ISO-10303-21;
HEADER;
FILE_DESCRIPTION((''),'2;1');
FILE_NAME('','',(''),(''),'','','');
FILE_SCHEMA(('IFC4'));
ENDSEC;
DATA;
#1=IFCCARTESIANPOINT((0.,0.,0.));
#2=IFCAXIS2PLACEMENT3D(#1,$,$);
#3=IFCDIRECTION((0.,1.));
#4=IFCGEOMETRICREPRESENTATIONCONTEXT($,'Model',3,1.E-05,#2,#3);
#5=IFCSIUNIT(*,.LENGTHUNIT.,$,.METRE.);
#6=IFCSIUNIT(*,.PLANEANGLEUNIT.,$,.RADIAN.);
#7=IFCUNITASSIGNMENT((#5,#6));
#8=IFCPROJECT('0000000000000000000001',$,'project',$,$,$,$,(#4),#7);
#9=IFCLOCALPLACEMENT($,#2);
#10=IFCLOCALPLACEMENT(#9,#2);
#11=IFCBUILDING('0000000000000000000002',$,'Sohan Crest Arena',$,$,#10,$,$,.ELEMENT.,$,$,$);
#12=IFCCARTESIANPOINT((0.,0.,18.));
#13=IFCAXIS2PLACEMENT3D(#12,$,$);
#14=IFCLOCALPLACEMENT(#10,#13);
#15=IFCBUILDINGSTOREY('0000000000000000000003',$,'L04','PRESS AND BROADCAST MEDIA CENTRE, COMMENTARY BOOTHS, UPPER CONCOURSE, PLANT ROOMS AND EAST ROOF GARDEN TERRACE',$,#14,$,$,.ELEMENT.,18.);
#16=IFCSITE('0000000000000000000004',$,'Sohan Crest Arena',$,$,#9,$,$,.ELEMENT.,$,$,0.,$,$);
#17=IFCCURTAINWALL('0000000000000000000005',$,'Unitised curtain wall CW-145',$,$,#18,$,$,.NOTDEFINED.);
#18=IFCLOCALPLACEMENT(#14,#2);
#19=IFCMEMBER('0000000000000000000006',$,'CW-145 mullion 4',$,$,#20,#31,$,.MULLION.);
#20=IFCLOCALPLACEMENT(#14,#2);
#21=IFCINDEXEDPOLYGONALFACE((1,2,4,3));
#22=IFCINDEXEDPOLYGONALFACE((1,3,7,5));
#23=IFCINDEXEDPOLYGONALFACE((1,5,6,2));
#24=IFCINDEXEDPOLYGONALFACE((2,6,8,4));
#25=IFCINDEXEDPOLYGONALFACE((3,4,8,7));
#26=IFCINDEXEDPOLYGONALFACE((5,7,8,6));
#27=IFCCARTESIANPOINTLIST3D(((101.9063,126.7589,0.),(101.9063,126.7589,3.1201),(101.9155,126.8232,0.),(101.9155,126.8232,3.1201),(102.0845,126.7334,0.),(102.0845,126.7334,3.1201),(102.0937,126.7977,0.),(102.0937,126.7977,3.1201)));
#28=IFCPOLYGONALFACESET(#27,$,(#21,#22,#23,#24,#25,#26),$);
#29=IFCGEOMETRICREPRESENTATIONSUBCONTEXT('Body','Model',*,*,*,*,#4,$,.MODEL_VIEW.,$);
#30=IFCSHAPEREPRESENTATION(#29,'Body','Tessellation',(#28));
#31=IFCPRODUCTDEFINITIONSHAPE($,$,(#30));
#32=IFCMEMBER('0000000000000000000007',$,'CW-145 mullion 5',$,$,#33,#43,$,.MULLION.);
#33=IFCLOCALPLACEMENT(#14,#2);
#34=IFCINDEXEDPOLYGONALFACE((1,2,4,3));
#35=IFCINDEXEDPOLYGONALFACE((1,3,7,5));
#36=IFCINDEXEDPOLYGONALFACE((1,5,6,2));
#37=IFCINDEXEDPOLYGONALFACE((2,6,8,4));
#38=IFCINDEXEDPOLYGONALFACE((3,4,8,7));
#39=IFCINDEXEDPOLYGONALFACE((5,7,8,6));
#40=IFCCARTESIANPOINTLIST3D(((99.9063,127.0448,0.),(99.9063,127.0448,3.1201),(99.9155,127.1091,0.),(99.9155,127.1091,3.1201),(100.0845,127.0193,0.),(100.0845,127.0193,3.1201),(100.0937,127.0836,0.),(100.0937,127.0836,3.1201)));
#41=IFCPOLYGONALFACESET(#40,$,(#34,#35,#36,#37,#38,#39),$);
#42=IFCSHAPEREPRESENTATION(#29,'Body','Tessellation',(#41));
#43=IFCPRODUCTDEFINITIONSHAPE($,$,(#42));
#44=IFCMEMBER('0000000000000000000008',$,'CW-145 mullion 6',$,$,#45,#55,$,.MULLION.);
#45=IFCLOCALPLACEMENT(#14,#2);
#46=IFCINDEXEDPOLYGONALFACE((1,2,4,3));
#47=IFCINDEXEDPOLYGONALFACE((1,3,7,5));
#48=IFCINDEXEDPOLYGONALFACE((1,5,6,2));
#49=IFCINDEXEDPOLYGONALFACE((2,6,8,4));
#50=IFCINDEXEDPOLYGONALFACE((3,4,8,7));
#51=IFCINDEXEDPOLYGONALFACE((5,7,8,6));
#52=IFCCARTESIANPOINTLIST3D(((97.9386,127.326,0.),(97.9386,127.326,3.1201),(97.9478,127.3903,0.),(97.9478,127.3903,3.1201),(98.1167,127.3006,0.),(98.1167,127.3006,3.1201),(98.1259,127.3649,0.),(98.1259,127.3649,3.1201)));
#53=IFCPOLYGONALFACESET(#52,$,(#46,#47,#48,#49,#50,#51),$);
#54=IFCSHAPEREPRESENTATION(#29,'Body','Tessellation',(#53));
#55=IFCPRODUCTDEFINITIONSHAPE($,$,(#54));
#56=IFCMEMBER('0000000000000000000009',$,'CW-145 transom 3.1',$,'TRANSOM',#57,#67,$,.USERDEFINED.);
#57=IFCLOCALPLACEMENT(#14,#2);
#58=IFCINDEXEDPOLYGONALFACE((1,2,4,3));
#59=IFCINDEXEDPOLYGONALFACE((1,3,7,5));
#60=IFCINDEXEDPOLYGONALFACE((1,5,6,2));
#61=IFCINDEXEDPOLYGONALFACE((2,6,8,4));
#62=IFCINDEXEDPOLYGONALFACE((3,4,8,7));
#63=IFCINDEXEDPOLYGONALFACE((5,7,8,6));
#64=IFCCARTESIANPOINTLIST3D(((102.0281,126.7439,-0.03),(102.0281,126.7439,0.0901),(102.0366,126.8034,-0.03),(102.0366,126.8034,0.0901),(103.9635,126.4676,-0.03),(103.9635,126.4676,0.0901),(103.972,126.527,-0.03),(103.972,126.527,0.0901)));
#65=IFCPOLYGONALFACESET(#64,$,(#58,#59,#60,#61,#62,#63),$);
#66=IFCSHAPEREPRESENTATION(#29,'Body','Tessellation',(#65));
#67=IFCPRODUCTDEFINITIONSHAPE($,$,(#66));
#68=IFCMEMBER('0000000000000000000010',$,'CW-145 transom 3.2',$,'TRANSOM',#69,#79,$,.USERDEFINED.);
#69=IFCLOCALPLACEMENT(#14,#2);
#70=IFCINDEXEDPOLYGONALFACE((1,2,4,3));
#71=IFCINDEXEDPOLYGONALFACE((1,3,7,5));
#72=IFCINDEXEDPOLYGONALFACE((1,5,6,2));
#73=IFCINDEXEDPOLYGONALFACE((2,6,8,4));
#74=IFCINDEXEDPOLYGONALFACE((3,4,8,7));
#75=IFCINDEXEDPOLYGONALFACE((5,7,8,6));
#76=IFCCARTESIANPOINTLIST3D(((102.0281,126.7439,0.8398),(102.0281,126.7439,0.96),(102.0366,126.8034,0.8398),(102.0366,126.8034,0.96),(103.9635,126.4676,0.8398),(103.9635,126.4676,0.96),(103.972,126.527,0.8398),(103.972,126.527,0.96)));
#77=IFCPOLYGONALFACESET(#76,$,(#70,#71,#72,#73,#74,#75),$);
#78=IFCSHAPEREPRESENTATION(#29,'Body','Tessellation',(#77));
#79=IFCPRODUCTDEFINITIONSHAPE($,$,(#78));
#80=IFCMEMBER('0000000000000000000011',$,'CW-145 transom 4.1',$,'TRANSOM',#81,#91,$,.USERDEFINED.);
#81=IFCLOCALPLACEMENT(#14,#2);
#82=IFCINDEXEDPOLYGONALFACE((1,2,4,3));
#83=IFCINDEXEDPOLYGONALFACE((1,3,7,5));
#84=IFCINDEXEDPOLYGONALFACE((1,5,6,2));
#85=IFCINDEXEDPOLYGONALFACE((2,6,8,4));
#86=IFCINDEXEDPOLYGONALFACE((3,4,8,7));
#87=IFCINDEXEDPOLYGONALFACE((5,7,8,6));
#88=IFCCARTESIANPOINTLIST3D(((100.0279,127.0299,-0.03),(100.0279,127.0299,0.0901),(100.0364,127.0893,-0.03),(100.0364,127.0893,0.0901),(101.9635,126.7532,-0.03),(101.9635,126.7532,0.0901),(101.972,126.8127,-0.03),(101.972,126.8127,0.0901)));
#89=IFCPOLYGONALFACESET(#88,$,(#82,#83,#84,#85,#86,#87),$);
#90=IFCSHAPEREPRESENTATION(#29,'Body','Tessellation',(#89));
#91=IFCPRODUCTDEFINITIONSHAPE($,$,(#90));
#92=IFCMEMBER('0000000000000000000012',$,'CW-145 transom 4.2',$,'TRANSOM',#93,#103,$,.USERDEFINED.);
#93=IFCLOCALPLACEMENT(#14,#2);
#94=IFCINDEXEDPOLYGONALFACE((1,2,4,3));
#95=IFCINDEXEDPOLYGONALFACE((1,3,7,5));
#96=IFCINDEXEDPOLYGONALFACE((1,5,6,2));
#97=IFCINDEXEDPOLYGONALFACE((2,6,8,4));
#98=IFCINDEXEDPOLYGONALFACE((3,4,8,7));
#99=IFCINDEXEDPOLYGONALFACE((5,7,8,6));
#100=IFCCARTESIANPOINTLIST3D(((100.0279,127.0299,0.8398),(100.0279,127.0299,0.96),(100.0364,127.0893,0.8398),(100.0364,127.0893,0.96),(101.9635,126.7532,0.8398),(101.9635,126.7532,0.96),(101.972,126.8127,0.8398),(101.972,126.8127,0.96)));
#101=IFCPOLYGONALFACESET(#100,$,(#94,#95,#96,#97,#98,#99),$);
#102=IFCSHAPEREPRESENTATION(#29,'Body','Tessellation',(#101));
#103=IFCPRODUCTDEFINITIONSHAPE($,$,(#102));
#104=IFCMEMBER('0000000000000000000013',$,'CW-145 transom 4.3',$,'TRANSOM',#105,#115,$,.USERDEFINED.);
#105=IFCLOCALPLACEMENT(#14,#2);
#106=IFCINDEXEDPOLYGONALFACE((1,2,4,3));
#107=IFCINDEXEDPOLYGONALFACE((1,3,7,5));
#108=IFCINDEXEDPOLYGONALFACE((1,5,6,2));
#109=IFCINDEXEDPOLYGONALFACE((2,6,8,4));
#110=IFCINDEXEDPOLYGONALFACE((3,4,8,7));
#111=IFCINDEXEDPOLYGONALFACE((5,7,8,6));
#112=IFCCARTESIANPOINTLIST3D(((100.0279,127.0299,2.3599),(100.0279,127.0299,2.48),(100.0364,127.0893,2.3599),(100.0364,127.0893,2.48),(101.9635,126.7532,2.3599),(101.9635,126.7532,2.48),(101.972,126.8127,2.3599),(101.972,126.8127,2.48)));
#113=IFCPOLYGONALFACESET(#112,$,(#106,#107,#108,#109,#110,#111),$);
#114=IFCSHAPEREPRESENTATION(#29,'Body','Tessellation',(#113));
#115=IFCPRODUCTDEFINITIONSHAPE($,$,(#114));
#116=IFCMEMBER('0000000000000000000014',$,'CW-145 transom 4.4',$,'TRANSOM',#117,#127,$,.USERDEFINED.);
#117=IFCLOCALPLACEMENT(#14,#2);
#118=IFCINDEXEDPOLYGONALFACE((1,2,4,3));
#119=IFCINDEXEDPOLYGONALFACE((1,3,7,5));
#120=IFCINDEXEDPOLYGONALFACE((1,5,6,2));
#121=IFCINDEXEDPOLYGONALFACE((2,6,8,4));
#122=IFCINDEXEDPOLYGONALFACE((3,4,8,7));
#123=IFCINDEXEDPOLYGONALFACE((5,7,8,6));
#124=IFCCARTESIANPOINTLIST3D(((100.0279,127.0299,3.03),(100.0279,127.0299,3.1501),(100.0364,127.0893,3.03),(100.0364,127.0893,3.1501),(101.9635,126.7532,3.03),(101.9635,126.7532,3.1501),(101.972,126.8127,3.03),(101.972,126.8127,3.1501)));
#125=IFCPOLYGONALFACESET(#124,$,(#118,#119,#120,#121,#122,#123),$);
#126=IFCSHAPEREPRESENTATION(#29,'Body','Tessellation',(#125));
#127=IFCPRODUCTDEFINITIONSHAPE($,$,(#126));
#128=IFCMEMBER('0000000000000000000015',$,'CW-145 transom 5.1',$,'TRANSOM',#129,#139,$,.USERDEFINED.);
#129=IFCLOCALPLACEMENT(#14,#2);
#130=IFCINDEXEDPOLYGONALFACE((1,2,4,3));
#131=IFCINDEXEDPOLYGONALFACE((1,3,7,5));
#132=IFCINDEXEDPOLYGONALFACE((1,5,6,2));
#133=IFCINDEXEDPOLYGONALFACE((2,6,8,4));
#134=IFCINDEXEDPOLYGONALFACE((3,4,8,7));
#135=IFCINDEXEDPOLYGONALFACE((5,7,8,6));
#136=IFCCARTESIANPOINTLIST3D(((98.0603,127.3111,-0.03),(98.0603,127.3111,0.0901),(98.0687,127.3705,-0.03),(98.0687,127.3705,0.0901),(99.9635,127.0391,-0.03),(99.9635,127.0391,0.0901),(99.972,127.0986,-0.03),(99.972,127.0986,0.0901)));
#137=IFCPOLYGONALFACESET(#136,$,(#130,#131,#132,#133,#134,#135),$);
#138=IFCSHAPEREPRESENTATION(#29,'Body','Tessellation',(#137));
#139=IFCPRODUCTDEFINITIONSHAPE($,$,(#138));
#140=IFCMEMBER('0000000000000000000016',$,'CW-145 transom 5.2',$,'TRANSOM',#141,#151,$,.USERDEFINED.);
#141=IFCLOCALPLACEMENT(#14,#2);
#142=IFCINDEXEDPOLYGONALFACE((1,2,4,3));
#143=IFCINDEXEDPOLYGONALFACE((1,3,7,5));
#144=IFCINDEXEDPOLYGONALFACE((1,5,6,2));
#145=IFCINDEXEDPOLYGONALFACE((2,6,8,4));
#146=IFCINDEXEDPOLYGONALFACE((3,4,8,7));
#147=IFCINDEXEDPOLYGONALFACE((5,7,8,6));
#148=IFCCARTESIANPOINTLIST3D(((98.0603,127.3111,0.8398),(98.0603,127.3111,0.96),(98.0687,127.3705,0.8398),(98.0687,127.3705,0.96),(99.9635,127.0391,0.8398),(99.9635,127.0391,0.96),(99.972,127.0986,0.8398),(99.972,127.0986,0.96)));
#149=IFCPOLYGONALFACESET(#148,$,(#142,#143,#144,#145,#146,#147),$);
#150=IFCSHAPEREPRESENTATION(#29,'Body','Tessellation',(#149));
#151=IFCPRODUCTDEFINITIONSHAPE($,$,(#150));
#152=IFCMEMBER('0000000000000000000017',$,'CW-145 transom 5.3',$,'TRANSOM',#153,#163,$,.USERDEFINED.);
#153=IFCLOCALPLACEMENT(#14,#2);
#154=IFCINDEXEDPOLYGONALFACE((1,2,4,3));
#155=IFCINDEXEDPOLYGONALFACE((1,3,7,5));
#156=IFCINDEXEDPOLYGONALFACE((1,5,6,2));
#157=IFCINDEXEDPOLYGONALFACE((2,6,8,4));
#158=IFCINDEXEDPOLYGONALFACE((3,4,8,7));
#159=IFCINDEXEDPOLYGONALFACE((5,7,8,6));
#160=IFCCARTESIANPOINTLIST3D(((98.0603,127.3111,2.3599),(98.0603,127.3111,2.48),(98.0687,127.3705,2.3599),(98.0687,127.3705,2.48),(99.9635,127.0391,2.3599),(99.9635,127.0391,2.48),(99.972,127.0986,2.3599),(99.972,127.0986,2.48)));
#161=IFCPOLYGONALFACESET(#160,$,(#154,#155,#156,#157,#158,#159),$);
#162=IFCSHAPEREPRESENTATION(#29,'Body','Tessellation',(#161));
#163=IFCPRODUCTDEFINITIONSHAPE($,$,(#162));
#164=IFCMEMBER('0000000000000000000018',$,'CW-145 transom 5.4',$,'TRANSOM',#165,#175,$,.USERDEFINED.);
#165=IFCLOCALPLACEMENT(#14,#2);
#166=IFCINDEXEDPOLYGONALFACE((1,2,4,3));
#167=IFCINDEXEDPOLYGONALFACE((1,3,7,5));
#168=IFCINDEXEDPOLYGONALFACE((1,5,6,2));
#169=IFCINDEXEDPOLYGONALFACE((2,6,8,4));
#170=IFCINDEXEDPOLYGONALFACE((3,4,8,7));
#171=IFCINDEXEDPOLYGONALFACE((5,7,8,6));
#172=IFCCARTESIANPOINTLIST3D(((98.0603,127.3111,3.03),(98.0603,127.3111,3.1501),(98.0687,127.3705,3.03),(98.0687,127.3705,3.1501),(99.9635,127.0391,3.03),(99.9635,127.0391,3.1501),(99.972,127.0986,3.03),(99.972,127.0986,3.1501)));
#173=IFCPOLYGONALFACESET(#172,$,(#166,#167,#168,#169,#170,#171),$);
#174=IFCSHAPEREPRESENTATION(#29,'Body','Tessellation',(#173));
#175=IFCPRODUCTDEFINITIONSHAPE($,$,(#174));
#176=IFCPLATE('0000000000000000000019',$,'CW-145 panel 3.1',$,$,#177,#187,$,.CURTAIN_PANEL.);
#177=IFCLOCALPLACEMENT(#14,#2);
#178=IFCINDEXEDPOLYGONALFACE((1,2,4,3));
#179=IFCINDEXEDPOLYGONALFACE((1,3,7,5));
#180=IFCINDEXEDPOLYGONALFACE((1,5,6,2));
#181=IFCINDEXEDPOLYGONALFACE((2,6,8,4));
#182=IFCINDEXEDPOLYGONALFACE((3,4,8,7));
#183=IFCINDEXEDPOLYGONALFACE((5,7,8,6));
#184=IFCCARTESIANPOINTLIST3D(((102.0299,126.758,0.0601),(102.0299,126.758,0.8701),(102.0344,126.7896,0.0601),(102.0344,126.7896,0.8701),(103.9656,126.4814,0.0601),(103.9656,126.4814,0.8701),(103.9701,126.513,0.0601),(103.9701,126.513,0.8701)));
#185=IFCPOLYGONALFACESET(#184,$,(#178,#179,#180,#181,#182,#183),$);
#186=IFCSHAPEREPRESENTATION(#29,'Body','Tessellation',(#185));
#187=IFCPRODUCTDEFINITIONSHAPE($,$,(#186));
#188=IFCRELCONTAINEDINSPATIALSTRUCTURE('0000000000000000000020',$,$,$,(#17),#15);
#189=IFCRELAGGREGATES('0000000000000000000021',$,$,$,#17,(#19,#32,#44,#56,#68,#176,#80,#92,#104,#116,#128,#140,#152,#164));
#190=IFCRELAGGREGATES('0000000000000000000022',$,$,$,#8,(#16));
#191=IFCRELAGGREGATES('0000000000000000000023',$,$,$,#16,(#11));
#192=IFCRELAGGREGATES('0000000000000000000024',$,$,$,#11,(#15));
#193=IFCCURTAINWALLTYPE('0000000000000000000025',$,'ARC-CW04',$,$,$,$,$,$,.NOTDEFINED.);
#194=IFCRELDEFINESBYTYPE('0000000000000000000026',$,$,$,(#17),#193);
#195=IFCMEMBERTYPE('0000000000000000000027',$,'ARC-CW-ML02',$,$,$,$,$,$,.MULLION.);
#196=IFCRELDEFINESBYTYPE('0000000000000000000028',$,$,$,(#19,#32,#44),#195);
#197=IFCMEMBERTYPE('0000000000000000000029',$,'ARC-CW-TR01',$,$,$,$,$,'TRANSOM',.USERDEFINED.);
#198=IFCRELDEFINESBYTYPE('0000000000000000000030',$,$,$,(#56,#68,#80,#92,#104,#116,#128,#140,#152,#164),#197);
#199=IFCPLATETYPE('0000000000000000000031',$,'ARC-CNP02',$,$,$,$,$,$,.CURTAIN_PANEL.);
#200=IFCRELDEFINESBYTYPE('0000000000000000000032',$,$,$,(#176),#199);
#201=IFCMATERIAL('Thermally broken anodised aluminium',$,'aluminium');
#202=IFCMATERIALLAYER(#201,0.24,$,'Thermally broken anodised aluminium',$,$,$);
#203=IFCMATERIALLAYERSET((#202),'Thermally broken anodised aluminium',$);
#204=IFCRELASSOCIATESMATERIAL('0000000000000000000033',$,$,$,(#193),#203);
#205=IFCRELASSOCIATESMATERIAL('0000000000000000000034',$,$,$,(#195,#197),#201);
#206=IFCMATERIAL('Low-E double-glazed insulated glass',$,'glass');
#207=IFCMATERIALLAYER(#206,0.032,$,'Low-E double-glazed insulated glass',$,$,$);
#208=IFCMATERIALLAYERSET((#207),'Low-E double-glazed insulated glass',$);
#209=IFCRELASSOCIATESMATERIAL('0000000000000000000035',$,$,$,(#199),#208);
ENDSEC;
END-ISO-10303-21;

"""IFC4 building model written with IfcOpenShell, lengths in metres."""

from ifc_helpers import new_model, si_unit, direction, frame, origin, origin_2d, place, context, subcontext, project, spatial, rectangle, extrude, material, layer, layer_set, material_profile, profile_set, type_object, element, aggregate, save


model = new_model("IFC4")

# Units and contexts
model_context = context("Model", 3, precision=1e-05, world=origin(), true_north=direction((0.0, 1.0)))
body_context = subcontext(model_context, "Body", "Model", "MODEL_VIEW")
ifc_project = project(units=[si_unit("LENGTHUNIT", "METRE"), si_unit("PLANEANGLEUNIT", "RADIAN")], contexts=[model_context])

# Site, building, storey
site_placement = place(None, origin())
site = spatial("IfcSite", under=ifc_project, at=site_placement, Name="Sohan Crest Arena", CompositionType="ELEMENT", RefElevation=0.0)
building_placement = place(site_placement, origin())
building = spatial("IfcBuilding", under=site, at=building_placement, Name="Sohan Crest Arena", CompositionType="ELEMENT")
storey_placement = place(building_placement, frame((0.0, 0.0, 18.0)))
storey = spatial("IfcBuildingStorey", under=building, at=storey_placement, Name="L04", Description="PRESS AND BROADCAST MEDIA CENTRE, COMMENTARY BOOTHS, UPPER CONCOURSE, PLANT ROOMS AND EAST ROOF GARDEN TERRACE", CompositionType="ELEMENT", Elevation=18.0)

# Curtain wall, members, plate
ifc_material_1 = material(Name="Thermally broken anodised aluminium", Category="aluminium")
ifc_layer_1 = layer(ifc_material_1, 0.24, Name="Thermally broken anodised aluminium")
ifc_layer_set_1 = layer_set([ifc_layer_1], Name="Thermally broken anodised aluminium")
curtain_wall_type = type_object("IfcCurtainWallType", Name="ARC-CW04", PredefinedType="NOTDEFINED", material=ifc_layer_set_1)
curtain_wall_placement = place(storey_placement, origin())
curtain_wall = element("IfcCurtainWall", 1, at=curtain_wall_placement, inside=storey, type_object=curtain_wall_type, Name="Unitised curtain wall CW-145", PredefinedType="NOTDEFINED")
ifc_material_profile_1 = material_profile(ifc_material_1, rectangle(XDim=0.0649, YDim=0.1799, at=origin_2d()), Name="ALU-MULL 65x180")
ifc_profile_set_1 = profile_set([ifc_material_profile_1], Name="Thermally broken anodised aluminium")
member_type_1 = type_object("IfcMemberType", Name="ARC-CW-ML02", PredefinedType="MULLION", material=ifc_profile_set_1)
member_1_placement = place(storey_placement, frame((102.0, 126.7783, 0.0), z_axis=(0.0, 0.0, 1.0), x_axis=(-0.141463, -0.989944, 0.0)))
member_1 = element("IfcMember", 2, at=member_1_placement, type_object=member_type_1, Name="CW-145 mullion 4", PredefinedType="MULLION", context=body_context, shape_type="SweptSolid", body=[
    extrude(rectangle(XDim=0.0649, YDim=0.1799, at=origin_2d()), origin(), (0.0, 0.0, 1.0), 3.1201),
])
member_2_placement = place(storey_placement, frame((100.0, 127.0642, 0.0), z_axis=(0.0, 0.0, 1.0), x_axis=(-0.141463, -0.989944, 0.0)))
member_2 = element("IfcMember", 3, at=member_2_placement, type_object=member_type_1, Name="CW-145 mullion 5", PredefinedType="MULLION", context=body_context, shape_type="SweptSolid", body=[
    extrude(rectangle(XDim=0.0649, YDim=0.1799, at=origin_2d()), origin(), (0.0, 0.0, 1.0), 3.1201),
])
member_3_placement = place(storey_placement, frame((98.0322, 127.3455, 0.0), z_axis=(0.0, 0.0, 1.0), x_axis=(-0.141463, -0.989944, 0.0)))
member_3 = element("IfcMember", 4, at=member_3_placement, type_object=member_type_1, Name="CW-145 mullion 6", PredefinedType="MULLION", context=body_context, shape_type="SweptSolid", body=[
    extrude(rectangle(XDim=0.0649, YDim=0.1799, at=origin_2d()), origin(), (0.0, 0.0, 1.0), 3.1201),
])
ifc_material_profile_2 = material_profile(ifc_material_1, rectangle(XDim=0.0601, YDim=0.1201, at=origin_2d()), Name="ALU-TRAN 60x120")
ifc_profile_set_2 = profile_set([ifc_material_profile_2], Name="Thermally broken anodised aluminium")
member_type_2 = type_object("IfcMemberType", Name="ARC-CW-TR01", ElementType="TRANSOM", PredefinedType="USERDEFINED", material=ifc_profile_set_2)
member_4_placement = place(storey_placement, frame((103.9678, 126.4973, 0.03), z_axis=(-0.989959, 0.141351, 0.0), x_axis=(-0.141351, -0.989959, 0.0)))
member_4 = element("IfcMember", 5, at=member_4_placement, type_object=member_type_2, Name="CW-145 transom 3.1", ObjectType="TRANSOM", PredefinedType="USERDEFINED", context=body_context, shape_type="SweptSolid", body=[
    extrude(rectangle(XDim=0.0601, YDim=0.1201, at=origin_2d()), origin(), (0.0, 0.0, 1.0), 1.9551),
])
member_5_placement = place(storey_placement, frame((103.9678, 126.4973, 0.8999), z_axis=(-0.989959, 0.141351, 0.0), x_axis=(-0.141351, -0.989959, 0.0)))
member_5 = element("IfcMember", 6, at=member_5_placement, type_object=member_type_2, Name="CW-145 transom 3.2", ObjectType="TRANSOM", PredefinedType="USERDEFINED", context=body_context, shape_type="SweptSolid", body=[
    extrude(rectangle(XDim=0.0601, YDim=0.1201, at=origin_2d()), origin(), (0.0, 0.0, 1.0), 1.9551),
])
member_6_placement = place(storey_placement, frame((101.9678, 126.783, 0.03), z_axis=(-0.989942, 0.141474, 0.0), x_axis=(-0.141474, -0.989942, 0.0)))
member_6 = element("IfcMember", 7, at=member_6_placement, type_object=member_type_2, Name="CW-145 transom 4.1", ObjectType="TRANSOM", PredefinedType="USERDEFINED", context=body_context, shape_type="SweptSolid", body=[
    extrude(rectangle(XDim=0.0601, YDim=0.1201, at=origin_2d()), origin(), (0.0, 0.0, 1.0), 1.9553),
])
member_7_placement = place(storey_placement, frame((101.9678, 126.783, 0.8999), z_axis=(-0.989942, 0.141474, 0.0), x_axis=(-0.141474, -0.989942, 0.0)))
member_7 = element("IfcMember", 8, at=member_7_placement, type_object=member_type_2, Name="CW-145 transom 4.2", ObjectType="TRANSOM", PredefinedType="USERDEFINED", context=body_context, shape_type="SweptSolid", body=[
    extrude(rectangle(XDim=0.0601, YDim=0.1201, at=origin_2d()), origin(), (0.0, 0.0, 1.0), 1.9553),
])
member_8_placement = place(storey_placement, frame((101.9678, 126.783, 2.4199), z_axis=(-0.989942, 0.141474, 0.0), x_axis=(-0.141474, -0.989942, 0.0)))
member_8 = element("IfcMember", 9, at=member_8_placement, type_object=member_type_2, Name="CW-145 transom 4.3", ObjectType="TRANSOM", PredefinedType="USERDEFINED", context=body_context, shape_type="SweptSolid", body=[
    extrude(rectangle(XDim=0.0601, YDim=0.1201, at=origin_2d()), origin(), (0.0, 0.0, 1.0), 1.9553),
])
member_9_placement = place(storey_placement, frame((101.9678, 126.783, 3.0901), z_axis=(-0.989942, 0.141474, 0.0), x_axis=(-0.141474, -0.989942, 0.0)))
member_9 = element("IfcMember", 10, at=member_9_placement, type_object=member_type_2, Name="CW-145 transom 4.4", ObjectType="TRANSOM", PredefinedType="USERDEFINED", context=body_context, shape_type="SweptSolid", body=[
    extrude(rectangle(XDim=0.0601, YDim=0.1201, at=origin_2d()), origin(), (0.0, 0.0, 1.0), 1.9553),
])
member_10_placement = place(storey_placement, frame((99.9678, 127.0688, 0.03), z_axis=(-0.989944, 0.141457, 0.0), x_axis=(-0.141457, -0.989944, 0.0)))
member_10 = element("IfcMember", 11, at=member_10_placement, type_object=member_type_2, Name="CW-145 transom 5.1", ObjectType="TRANSOM", PredefinedType="USERDEFINED", context=body_context, shape_type="SweptSolid", body=[
    extrude(rectangle(XDim=0.0601, YDim=0.1201, at=origin_2d()), origin(), (0.0, 0.0, 1.0), 1.9226),
])
member_11_placement = place(storey_placement, frame((99.9678, 127.0688, 0.8999), z_axis=(-0.989944, 0.141457, 0.0), x_axis=(-0.141457, -0.989944, 0.0)))
member_11 = element("IfcMember", 12, at=member_11_placement, type_object=member_type_2, Name="CW-145 transom 5.2", ObjectType="TRANSOM", PredefinedType="USERDEFINED", context=body_context, shape_type="SweptSolid", body=[
    extrude(rectangle(XDim=0.0601, YDim=0.1201, at=origin_2d()), origin(), (0.0, 0.0, 1.0), 1.9226),
])
member_12_placement = place(storey_placement, frame((99.9678, 127.0688, 2.4199), z_axis=(-0.989944, 0.141457, 0.0), x_axis=(-0.141457, -0.989944, 0.0)))
member_12 = element("IfcMember", 13, at=member_12_placement, type_object=member_type_2, Name="CW-145 transom 5.3", ObjectType="TRANSOM", PredefinedType="USERDEFINED", context=body_context, shape_type="SweptSolid", body=[
    extrude(rectangle(XDim=0.0601, YDim=0.1201, at=origin_2d()), origin(), (0.0, 0.0, 1.0), 1.9226),
])
member_13_placement = place(storey_placement, frame((99.9678, 127.0688, 3.0901), z_axis=(-0.989944, 0.141457, 0.0), x_axis=(-0.141457, -0.989944, 0.0)))
member_13 = element("IfcMember", 14, at=member_13_placement, type_object=member_type_2, Name="CW-145 transom 5.4", ObjectType="TRANSOM", PredefinedType="USERDEFINED", context=body_context, shape_type="SweptSolid", body=[
    extrude(rectangle(XDim=0.0601, YDim=0.1201, at=origin_2d()), origin(), (0.0, 0.0, 1.0), 1.9226),
])
ifc_material_2 = material(Name="Low-E double-glazed insulated glass", Category="glass")
ifc_layer_2 = layer(ifc_material_2, 0.032, Name="Low-E double-glazed insulated glass")
ifc_layer_set_2 = layer_set([ifc_layer_2], Name="Low-E double-glazed insulated glass")
plate_type = type_object("IfcPlateType", Name="ARC-CNP02", PredefinedType="CURTAIN_PANEL", material=ifc_layer_set_2)
plate_1_placement = place(storey_placement, frame((103.0, 126.6355, 0.0601), z_axis=(0.0, 0.0, 1.0), x_axis=(-0.989944, 0.141463, 0.0)))
plate_1 = element("IfcPlate", 15, at=plate_1_placement, type_object=plate_type, Name="CW-145 panel 3.1", PredefinedType="CURTAIN_PANEL", context=body_context, shape_type="SweptSolid", body=[
    extrude(rectangle(XDim=1.9553, YDim=0.032, at=origin_2d()), origin(), (0.0, 0.0, 1.0), 0.8101),
])
aggregate(curtain_wall, [member_1, member_2, member_3, member_4, member_5, plate_1, member_6, member_7, member_8, member_9, member_10, member_11, member_12, member_13])

save(model, "model.ifc")
